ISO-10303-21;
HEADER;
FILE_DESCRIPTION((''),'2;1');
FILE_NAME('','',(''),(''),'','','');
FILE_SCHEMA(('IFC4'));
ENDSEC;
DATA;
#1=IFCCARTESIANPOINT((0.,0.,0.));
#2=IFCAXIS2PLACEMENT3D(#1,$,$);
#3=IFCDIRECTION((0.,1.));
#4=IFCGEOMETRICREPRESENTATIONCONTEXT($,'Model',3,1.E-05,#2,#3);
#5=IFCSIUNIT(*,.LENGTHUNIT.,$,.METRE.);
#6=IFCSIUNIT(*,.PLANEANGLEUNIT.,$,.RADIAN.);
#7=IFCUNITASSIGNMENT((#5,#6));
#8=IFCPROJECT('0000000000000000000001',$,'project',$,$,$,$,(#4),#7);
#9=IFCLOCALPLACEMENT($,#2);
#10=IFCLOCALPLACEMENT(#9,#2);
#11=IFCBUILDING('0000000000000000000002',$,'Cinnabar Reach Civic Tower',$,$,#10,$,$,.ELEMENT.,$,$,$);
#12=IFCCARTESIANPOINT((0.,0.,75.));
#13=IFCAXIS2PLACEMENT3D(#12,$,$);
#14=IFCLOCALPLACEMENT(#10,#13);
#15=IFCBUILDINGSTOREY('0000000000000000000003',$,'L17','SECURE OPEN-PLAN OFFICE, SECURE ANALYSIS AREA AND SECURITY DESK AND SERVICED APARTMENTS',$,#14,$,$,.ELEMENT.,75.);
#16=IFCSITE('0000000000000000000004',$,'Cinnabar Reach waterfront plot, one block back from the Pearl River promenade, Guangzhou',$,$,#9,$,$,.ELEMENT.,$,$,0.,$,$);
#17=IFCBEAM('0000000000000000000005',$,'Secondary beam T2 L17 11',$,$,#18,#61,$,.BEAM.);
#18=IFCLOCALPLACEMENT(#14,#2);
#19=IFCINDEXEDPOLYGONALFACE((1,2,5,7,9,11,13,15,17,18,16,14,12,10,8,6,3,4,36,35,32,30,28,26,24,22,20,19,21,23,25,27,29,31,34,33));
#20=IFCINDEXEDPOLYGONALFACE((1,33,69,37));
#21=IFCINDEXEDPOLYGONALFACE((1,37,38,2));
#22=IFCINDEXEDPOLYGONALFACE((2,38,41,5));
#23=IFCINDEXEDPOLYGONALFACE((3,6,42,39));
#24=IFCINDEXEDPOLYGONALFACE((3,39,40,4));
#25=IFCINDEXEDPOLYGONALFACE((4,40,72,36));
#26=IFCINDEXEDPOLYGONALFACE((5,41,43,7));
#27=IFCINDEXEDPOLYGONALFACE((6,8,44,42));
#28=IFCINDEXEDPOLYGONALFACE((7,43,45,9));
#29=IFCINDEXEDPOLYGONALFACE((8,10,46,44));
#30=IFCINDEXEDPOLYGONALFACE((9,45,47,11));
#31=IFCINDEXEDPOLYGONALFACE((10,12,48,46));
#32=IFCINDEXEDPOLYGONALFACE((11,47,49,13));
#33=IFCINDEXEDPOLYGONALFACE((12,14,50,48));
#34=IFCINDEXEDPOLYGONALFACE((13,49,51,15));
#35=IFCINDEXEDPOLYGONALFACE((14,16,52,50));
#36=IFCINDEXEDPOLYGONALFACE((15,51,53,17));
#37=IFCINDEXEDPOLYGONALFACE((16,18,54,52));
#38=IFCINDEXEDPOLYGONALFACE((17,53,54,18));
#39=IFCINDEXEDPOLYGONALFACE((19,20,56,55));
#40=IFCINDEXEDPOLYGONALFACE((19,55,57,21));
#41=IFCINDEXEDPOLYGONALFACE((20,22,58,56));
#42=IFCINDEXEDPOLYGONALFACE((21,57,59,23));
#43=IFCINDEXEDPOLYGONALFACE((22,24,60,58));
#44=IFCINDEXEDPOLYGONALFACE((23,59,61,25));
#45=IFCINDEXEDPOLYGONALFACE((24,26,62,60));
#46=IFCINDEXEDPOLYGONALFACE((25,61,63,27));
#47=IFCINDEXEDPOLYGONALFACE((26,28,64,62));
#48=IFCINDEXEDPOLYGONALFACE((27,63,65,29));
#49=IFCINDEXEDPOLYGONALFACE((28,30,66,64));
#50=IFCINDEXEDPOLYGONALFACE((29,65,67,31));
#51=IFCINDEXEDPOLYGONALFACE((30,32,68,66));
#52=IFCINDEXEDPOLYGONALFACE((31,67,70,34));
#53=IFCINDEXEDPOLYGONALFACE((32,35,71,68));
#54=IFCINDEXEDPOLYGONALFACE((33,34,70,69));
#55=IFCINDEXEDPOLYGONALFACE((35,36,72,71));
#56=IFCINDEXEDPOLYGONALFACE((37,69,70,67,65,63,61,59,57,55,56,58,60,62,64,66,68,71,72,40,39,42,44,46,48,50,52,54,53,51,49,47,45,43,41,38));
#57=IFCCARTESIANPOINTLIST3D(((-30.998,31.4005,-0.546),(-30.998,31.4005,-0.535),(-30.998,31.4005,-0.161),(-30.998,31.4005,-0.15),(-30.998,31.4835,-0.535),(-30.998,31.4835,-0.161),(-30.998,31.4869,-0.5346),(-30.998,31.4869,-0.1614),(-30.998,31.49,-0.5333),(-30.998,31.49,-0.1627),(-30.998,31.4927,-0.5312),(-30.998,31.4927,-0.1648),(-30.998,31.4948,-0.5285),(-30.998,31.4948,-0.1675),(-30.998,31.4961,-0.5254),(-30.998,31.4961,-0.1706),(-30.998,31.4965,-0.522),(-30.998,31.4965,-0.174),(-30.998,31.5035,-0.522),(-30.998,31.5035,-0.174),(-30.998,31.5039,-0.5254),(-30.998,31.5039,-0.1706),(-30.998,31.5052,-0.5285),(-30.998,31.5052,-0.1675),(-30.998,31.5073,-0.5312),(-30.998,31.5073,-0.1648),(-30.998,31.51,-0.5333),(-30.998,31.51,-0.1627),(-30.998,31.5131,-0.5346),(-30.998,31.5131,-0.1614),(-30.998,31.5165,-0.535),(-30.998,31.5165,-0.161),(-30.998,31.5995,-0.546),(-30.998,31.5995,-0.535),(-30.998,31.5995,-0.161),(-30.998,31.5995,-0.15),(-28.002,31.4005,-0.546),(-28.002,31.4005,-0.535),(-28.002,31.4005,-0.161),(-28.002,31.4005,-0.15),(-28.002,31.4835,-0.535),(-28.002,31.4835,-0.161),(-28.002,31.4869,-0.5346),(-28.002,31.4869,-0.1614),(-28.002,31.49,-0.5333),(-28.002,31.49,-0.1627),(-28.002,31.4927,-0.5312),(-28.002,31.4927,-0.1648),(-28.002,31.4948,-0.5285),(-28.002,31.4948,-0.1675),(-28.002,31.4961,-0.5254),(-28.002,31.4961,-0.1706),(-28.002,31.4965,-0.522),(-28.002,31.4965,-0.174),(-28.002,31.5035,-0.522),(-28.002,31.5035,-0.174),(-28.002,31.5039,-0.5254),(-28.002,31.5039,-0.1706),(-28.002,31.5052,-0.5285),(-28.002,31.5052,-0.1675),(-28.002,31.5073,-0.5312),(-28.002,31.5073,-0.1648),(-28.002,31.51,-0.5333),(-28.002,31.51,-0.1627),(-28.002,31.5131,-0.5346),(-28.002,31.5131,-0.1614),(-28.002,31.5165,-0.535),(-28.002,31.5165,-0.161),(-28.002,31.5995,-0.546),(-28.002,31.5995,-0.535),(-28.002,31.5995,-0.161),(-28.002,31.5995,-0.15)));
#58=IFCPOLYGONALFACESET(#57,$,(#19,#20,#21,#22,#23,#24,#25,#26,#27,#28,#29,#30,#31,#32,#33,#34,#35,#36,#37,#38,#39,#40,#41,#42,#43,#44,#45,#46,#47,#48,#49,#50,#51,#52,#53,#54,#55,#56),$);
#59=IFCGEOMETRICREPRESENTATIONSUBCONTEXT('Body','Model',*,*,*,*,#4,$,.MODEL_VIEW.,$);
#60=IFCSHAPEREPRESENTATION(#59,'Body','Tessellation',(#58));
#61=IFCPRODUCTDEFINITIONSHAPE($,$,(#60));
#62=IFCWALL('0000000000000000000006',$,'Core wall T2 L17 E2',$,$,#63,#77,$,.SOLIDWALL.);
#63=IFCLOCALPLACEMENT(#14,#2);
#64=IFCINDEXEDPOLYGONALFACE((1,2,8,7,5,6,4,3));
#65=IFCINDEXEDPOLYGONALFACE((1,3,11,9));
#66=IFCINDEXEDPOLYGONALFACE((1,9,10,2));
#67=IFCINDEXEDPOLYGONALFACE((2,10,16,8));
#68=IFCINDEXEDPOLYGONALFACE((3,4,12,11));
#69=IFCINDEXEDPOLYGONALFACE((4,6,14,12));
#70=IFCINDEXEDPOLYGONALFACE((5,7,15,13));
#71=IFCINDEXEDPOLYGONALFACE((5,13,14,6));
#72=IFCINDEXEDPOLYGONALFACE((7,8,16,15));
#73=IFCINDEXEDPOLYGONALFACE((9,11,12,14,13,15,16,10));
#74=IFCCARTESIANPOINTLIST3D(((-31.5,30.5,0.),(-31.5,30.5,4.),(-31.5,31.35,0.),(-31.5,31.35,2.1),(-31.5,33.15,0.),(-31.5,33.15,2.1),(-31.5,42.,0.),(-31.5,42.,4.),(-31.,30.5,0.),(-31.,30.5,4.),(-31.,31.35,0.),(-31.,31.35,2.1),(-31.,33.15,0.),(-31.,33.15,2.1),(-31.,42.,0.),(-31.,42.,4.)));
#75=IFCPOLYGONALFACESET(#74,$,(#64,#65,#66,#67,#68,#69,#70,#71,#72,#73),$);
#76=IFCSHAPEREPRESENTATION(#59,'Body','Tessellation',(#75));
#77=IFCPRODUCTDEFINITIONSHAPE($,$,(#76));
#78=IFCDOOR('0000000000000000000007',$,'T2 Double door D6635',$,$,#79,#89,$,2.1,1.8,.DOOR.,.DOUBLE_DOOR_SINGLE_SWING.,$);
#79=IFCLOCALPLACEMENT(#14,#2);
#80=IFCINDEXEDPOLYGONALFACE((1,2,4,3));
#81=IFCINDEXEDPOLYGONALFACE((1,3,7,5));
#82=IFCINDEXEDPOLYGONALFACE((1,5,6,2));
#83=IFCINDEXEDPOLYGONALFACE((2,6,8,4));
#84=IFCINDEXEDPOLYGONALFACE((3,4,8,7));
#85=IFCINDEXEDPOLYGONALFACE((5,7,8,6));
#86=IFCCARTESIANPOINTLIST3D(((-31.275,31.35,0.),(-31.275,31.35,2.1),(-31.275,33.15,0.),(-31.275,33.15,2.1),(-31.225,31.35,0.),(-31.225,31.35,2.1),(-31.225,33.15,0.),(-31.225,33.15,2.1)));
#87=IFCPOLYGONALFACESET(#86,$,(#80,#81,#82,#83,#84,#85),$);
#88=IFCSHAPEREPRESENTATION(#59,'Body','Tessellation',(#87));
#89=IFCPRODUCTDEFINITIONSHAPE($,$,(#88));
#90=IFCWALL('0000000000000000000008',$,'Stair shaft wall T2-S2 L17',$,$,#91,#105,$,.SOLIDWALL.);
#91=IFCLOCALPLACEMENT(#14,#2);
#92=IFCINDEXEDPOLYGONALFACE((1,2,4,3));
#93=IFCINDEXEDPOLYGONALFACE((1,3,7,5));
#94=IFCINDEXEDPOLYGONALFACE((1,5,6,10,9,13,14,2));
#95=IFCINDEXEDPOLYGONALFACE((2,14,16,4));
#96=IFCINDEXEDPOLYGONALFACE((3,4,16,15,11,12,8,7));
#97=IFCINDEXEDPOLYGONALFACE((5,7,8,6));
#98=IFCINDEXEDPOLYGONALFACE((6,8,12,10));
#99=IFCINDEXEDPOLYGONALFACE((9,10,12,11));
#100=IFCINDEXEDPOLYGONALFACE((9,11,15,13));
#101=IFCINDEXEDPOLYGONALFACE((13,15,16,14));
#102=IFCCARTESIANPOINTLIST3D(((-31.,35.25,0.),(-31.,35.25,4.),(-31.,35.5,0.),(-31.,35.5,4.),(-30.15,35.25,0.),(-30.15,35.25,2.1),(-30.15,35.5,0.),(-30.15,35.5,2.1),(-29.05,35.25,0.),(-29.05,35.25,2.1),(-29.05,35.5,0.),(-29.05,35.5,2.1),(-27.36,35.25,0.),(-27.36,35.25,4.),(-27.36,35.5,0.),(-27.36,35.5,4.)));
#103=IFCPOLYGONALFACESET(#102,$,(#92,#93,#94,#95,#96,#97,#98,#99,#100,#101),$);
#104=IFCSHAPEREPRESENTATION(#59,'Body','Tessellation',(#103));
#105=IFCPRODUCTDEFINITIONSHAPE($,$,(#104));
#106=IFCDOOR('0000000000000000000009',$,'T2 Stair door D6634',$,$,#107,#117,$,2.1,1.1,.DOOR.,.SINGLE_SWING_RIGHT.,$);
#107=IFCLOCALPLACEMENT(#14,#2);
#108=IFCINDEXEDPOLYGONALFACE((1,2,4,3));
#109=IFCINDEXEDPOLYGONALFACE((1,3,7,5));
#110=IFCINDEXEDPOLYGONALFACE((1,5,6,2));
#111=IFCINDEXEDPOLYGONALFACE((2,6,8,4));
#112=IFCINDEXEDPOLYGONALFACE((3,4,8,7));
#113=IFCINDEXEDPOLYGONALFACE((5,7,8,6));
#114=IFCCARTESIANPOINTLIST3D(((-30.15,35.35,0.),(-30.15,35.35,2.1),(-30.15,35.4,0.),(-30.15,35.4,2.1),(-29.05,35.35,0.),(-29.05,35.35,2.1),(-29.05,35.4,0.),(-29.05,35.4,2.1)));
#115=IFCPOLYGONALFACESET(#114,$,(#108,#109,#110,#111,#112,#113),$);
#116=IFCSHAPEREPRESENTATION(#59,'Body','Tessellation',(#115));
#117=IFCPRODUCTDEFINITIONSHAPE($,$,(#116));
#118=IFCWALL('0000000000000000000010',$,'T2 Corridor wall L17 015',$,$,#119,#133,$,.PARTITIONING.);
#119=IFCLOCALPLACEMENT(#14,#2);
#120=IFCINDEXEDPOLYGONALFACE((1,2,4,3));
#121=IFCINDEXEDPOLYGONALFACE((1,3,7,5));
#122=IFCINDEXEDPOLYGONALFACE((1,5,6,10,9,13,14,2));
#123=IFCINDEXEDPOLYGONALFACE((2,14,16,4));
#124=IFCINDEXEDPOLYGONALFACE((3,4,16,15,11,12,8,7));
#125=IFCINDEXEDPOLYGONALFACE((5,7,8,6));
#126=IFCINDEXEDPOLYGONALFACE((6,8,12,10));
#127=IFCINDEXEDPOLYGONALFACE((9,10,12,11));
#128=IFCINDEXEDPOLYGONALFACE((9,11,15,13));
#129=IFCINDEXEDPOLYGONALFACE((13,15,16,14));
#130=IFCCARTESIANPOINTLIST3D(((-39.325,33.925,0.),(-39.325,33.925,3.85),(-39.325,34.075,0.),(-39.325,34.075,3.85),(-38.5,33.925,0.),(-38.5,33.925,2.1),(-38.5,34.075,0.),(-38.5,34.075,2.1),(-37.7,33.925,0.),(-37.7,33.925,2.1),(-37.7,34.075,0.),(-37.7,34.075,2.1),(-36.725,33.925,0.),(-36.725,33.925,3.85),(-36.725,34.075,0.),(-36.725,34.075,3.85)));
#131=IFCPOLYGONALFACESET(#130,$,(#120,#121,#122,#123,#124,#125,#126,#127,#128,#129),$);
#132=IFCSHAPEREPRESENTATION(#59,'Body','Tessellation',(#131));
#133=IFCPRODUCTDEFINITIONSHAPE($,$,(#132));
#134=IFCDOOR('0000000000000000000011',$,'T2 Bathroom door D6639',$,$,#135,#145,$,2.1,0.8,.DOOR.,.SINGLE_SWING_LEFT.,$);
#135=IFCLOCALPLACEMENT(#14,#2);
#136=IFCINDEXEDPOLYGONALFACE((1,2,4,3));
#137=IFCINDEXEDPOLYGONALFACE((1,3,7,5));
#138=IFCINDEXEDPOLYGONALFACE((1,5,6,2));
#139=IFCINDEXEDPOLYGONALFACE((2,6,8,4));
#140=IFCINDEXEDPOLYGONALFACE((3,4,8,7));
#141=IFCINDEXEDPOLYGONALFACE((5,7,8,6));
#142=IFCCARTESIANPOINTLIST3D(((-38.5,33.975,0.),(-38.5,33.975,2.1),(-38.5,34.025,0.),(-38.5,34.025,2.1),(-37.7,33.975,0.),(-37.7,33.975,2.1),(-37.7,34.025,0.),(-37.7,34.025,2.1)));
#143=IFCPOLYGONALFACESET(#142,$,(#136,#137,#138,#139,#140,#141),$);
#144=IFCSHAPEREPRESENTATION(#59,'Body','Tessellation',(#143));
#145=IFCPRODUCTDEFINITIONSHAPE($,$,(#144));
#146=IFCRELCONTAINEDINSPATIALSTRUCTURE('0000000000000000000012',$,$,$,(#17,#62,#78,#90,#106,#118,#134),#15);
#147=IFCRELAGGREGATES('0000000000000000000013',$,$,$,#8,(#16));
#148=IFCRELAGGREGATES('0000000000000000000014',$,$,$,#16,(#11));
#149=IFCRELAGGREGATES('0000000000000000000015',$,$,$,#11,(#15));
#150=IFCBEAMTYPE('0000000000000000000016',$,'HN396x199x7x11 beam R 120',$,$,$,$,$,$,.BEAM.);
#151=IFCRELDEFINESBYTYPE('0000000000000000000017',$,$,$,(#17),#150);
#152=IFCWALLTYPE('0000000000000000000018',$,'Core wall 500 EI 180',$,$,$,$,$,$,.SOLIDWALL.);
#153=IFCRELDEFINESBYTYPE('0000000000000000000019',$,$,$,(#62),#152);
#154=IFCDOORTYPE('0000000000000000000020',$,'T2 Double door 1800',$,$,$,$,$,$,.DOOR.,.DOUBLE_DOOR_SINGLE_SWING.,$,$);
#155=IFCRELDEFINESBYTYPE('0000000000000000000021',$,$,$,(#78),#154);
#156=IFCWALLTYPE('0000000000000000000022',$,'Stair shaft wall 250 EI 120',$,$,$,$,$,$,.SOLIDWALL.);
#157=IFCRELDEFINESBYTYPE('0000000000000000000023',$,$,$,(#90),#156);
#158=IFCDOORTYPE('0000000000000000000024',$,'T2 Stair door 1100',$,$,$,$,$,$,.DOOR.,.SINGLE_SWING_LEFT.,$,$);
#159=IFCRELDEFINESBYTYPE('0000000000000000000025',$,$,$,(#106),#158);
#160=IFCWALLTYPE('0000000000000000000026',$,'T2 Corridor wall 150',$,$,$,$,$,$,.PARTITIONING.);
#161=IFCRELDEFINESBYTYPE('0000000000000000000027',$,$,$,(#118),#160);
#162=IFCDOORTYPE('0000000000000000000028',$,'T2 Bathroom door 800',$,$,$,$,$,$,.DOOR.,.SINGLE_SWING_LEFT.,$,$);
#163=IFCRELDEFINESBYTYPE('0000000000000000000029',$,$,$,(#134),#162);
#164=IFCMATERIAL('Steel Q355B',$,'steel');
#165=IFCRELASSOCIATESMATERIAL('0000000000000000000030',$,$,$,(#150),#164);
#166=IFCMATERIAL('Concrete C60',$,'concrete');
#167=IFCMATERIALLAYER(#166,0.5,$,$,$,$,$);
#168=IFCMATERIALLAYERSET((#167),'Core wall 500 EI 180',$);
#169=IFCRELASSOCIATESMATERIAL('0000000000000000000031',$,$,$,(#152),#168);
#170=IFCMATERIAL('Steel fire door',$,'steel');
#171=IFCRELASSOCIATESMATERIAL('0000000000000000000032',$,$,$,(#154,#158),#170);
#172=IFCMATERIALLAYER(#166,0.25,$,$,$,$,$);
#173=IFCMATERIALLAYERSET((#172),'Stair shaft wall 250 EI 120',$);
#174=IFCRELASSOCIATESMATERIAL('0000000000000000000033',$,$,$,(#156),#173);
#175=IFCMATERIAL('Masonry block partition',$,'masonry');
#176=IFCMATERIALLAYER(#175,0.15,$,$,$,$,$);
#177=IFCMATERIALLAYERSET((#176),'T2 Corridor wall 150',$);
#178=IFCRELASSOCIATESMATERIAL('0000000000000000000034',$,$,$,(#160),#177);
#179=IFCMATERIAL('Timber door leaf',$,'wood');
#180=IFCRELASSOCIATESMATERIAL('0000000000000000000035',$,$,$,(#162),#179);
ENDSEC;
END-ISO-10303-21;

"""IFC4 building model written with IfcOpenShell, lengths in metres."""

from ifc_helpers import new_model, si_unit, direction, frame, frame_2d, origin, origin_2d, place, context, subcontext, project, spatial, rectangle, i_section, extrude, material, layer, layer_set, material_profile, profile_set, type_object, element, fill, save


model = new_model("IFC4")

# Units and contexts
model_context = context("Model", 3, precision=1e-05, world=origin(), true_north=direction((0.0, 1.0)))
body_context = subcontext(model_context, "Body", "Model", "MODEL_VIEW")
ifc_project = project(units=[si_unit("LENGTHUNIT", "METRE"), si_unit("PLANEANGLEUNIT", "RADIAN")], contexts=[model_context])

# Site, building, storey
site_placement = place(None, origin())
site = spatial("IfcSite", under=ifc_project, at=site_placement, Name="Cinnabar Reach waterfront plot, one block back from the Pearl River promenade, Guangzhou", CompositionType="ELEMENT", RefElevation=0.0)
building_placement = place(site_placement, origin())
building = spatial("IfcBuilding", under=site, at=building_placement, Name="Cinnabar Reach Civic Tower", CompositionType="ELEMENT")
storey_placement = place(building_placement, frame((0.0, 0.0, 75.0)))
storey = spatial("IfcBuildingStorey", under=building, at=storey_placement, Name="L17", Description="SECURE OPEN-PLAN OFFICE, SECURE ANALYSIS AREA AND SECURITY DESK AND SERVICED APARTMENTS", CompositionType="ELEMENT", Elevation=75.0)

# Beam
ifc_material_1 = material(Name="Steel Q355B", Category="steel")
ifc_material_profile = material_profile(ifc_material_1, i_section(OverallWidth=0.199, OverallDepth=0.396, WebThickness=0.007, FlangeThickness=0.011, FilletRadius=0.013, at=origin_2d()), Name="HN396x199x7x11")
ifc_profile_set = profile_set([ifc_material_profile], Name="Steel Q355B")
beam_type = type_object("IfcBeamType", Name="HN396x199x7x11 beam R 120", PredefinedType="BEAM", material=ifc_profile_set)
beam_placement = place(storey_placement, frame((-30.998, 31.5, -0.348), z_axis=(1.0, 0.0, 0.0), x_axis=(0.0, 1.0, 0.0)))
element("IfcBeam", 1, at=beam_placement, inside=storey, type_object=beam_type, Name="Secondary beam T2 L17 11", PredefinedType="BEAM", context=body_context, shape_type="SweptSolid", body=[
    extrude(i_section(OverallWidth=0.199, OverallDepth=0.396, WebThickness=0.007, FlangeThickness=0.011, FilletRadius=0.013, at=origin_2d()), origin(), (0.0, 0.0, 1.0), 2.996),
])

# Walls, openings, doors
ifc_material_2 = material(Name="Concrete C60", Category="concrete")
ifc_layer_1 = layer(ifc_material_2, 0.5)
ifc_layer_set_1 = layer_set([ifc_layer_1], Name="Core wall 500 EI 180")
wall_type_1 = type_object("IfcWallType", Name="Core wall 500 EI 180", PredefinedType="SOLIDWALL", material=ifc_layer_set_1)
wall_1_placement = place(storey_placement, frame((-31.25, 30.5, 0.0), z_axis=(0.0, 0.0, 1.0), x_axis=(0.0, 1.0, 0.0)))
wall_1 = element("IfcWall", 2, at=wall_1_placement, inside=storey, type_object=wall_type_1, Name="Core wall T2 L17 E2", PredefinedType="SOLIDWALL", context=body_context, shape_type="SweptSolid", body=[
    extrude(rectangle(XDim=11.5, YDim=0.5, at=frame_2d((5.75, 0.0))), origin(), (0.0, 0.0, 1.0), 4.0),
])
opening_1_placement = place(wall_1_placement, frame((0.85, 0.0, 0.0)))
opening_1 = element("IfcOpeningElement", 3, at=opening_1_placement, cuts=wall_1, PredefinedType="OPENING", context=body_context, shape_type="SweptSolid", body=[
    extrude(rectangle(XDim=1.8, YDim=2.1, at=frame_2d((0.9, 1.05))), frame((0.0, 0.26, 0.0), z_axis=(0.0, -1.0, 0.0), x_axis=(1.0, 0.0, 0.0)), (0.0, 0.0, 1.0), 0.52),
])
ifc_material_3 = material(Name="Steel fire door", Category="steel")
door_type_1 = type_object("IfcDoorType", Name="T2 Double door 1800", OperationType="DOUBLE_DOOR_SINGLE_SWING", PredefinedType="DOOR", material=ifc_material_3)
door_1_placement = place(opening_1_placement, origin())
door_1 = element("IfcDoor", 4, at=door_1_placement, inside=storey, type_object=door_type_1, Name="T2 Double door D6635", OperationType="DOUBLE_DOOR_SINGLE_SWING", OverallHeight=2.1, OverallWidth=1.8, PredefinedType="DOOR", context=body_context, shape_type="SweptSolid", body=[
    extrude(rectangle(XDim=1.8, YDim=2.1, at=frame_2d((0.9, 1.05))), frame((0.0, 0.025, 0.0), z_axis=(0.0, -1.0, 0.0), x_axis=(1.0, 0.0, 0.0)), (0.0, 0.0, 1.0), 0.05),
])
fill(opening_1, door_1)
ifc_layer_2 = layer(ifc_material_2, 0.25)
ifc_layer_set_2 = layer_set([ifc_layer_2], Name="Stair shaft wall 250 EI 120")
wall_type_2 = type_object("IfcWallType", Name="Stair shaft wall 250 EI 120", PredefinedType="SOLIDWALL", material=ifc_layer_set_2)
wall_2_placement = place(storey_placement, frame((-31.0, 35.375, 0.0), z_axis=(0.0, 0.0, 1.0), x_axis=(1.0, 0.0, 0.0)))
wall_2 = element("IfcWall", 5, at=wall_2_placement, inside=storey, type_object=wall_type_2, Name="Stair shaft wall T2-S2 L17", PredefinedType="SOLIDWALL", context=body_context, shape_type="SweptSolid", body=[
    extrude(rectangle(XDim=3.64, YDim=0.25, at=frame_2d((1.82, 0.0))), origin(), (0.0, 0.0, 1.0), 4.0),
])
opening_2_placement = place(wall_2_placement, frame((0.85, 0.0, 0.0)))
opening_2 = element("IfcOpeningElement", 6, at=opening_2_placement, cuts=wall_2, PredefinedType="OPENING", context=body_context, shape_type="SweptSolid", body=[
    extrude(rectangle(XDim=1.1, YDim=2.1, at=frame_2d((0.55, 1.05))), frame((0.0, 0.135, 0.0), z_axis=(0.0, -1.0, 0.0), x_axis=(1.0, 0.0, 0.0)), (0.0, 0.0, 1.0), 0.27),
])
door_type_2 = type_object("IfcDoorType", Name="T2 Stair door 1100", OperationType="SINGLE_SWING_LEFT", PredefinedType="DOOR", material=ifc_material_3)
door_2_placement = place(opening_2_placement, origin())
door_2 = element("IfcDoor", 7, at=door_2_placement, inside=storey, type_object=door_type_2, Name="T2 Stair door D6634", OperationType="SINGLE_SWING_RIGHT", OverallHeight=2.1, OverallWidth=1.1, PredefinedType="DOOR", context=body_context, shape_type="SweptSolid", body=[
    extrude(rectangle(XDim=1.1, YDim=2.1, at=frame_2d((0.55, 1.05))), frame((0.0, 0.025, 0.0), z_axis=(0.0, -1.0, 0.0), x_axis=(1.0, 0.0, 0.0)), (0.0, 0.0, 1.0), 0.05),
])
fill(opening_2, door_2)
ifc_material_4 = material(Name="Masonry block partition", Category="masonry")
ifc_layer_3 = layer(ifc_material_4, 0.15)
ifc_layer_set_3 = layer_set([ifc_layer_3], Name="T2 Corridor wall 150")
wall_type_3 = type_object("IfcWallType", Name="T2 Corridor wall 150", PredefinedType="PARTITIONING", material=ifc_layer_set_3)
wall_3_placement = place(storey_placement, frame((-36.725, 34.0, 0.0), z_axis=(0.0, 0.0, 1.0), x_axis=(-1.0, 0.0, 0.0)))
wall_3 = element("IfcWall", 8, at=wall_3_placement, inside=storey, type_object=wall_type_3, Name="T2 Corridor wall L17 015", PredefinedType="PARTITIONING", context=body_context, shape_type="SweptSolid", body=[
    extrude(rectangle(XDim=2.6, YDim=0.15, at=frame_2d((1.3, 0.0))), origin(), (0.0, 0.0, 1.0), 3.85),
])
opening_3_placement = place(wall_3_placement, frame((0.975, 0.0, 0.0)))
opening_3 = element("IfcOpeningElement", 9, at=opening_3_placement, cuts=wall_3, PredefinedType="OPENING", context=body_context, shape_type="SweptSolid", body=[
    extrude(rectangle(XDim=0.8, YDim=2.1, at=frame_2d((0.4, 1.05))), frame((0.0, 0.085, 0.0), z_axis=(0.0, -1.0, 0.0), x_axis=(1.0, 0.0, 0.0)), (0.0, 0.0, 1.0), 0.17),
])
ifc_material_5 = material(Name="Timber door leaf", Category="wood")
door_type_3 = type_object("IfcDoorType", Name="T2 Bathroom door 800", OperationType="SINGLE_SWING_LEFT", PredefinedType="DOOR", material=ifc_material_5)
door_3_placement = place(opening_3_placement, frame((0.8, 0.0, 0.0), z_axis=(0.0, 0.0, 1.0), x_axis=(-1.0, 0.0, 0.0)))
door_3 = element("IfcDoor", 10, at=door_3_placement, inside=storey, type_object=door_type_3, Name="T2 Bathroom door D6639", OperationType="SINGLE_SWING_LEFT", OverallHeight=2.1, OverallWidth=0.8, PredefinedType="DOOR", context=body_context, shape_type="SweptSolid", body=[
    extrude(rectangle(XDim=0.8, YDim=2.1, at=frame_2d((0.4, 1.05))), frame((0.0, 0.025, 0.0), z_axis=(0.0, -1.0, 0.0), x_axis=(1.0, 0.0, 0.0)), (0.0, 0.0, 1.0), 0.05),
])
fill(opening_3, door_3)

save(model, "model.ifc")
